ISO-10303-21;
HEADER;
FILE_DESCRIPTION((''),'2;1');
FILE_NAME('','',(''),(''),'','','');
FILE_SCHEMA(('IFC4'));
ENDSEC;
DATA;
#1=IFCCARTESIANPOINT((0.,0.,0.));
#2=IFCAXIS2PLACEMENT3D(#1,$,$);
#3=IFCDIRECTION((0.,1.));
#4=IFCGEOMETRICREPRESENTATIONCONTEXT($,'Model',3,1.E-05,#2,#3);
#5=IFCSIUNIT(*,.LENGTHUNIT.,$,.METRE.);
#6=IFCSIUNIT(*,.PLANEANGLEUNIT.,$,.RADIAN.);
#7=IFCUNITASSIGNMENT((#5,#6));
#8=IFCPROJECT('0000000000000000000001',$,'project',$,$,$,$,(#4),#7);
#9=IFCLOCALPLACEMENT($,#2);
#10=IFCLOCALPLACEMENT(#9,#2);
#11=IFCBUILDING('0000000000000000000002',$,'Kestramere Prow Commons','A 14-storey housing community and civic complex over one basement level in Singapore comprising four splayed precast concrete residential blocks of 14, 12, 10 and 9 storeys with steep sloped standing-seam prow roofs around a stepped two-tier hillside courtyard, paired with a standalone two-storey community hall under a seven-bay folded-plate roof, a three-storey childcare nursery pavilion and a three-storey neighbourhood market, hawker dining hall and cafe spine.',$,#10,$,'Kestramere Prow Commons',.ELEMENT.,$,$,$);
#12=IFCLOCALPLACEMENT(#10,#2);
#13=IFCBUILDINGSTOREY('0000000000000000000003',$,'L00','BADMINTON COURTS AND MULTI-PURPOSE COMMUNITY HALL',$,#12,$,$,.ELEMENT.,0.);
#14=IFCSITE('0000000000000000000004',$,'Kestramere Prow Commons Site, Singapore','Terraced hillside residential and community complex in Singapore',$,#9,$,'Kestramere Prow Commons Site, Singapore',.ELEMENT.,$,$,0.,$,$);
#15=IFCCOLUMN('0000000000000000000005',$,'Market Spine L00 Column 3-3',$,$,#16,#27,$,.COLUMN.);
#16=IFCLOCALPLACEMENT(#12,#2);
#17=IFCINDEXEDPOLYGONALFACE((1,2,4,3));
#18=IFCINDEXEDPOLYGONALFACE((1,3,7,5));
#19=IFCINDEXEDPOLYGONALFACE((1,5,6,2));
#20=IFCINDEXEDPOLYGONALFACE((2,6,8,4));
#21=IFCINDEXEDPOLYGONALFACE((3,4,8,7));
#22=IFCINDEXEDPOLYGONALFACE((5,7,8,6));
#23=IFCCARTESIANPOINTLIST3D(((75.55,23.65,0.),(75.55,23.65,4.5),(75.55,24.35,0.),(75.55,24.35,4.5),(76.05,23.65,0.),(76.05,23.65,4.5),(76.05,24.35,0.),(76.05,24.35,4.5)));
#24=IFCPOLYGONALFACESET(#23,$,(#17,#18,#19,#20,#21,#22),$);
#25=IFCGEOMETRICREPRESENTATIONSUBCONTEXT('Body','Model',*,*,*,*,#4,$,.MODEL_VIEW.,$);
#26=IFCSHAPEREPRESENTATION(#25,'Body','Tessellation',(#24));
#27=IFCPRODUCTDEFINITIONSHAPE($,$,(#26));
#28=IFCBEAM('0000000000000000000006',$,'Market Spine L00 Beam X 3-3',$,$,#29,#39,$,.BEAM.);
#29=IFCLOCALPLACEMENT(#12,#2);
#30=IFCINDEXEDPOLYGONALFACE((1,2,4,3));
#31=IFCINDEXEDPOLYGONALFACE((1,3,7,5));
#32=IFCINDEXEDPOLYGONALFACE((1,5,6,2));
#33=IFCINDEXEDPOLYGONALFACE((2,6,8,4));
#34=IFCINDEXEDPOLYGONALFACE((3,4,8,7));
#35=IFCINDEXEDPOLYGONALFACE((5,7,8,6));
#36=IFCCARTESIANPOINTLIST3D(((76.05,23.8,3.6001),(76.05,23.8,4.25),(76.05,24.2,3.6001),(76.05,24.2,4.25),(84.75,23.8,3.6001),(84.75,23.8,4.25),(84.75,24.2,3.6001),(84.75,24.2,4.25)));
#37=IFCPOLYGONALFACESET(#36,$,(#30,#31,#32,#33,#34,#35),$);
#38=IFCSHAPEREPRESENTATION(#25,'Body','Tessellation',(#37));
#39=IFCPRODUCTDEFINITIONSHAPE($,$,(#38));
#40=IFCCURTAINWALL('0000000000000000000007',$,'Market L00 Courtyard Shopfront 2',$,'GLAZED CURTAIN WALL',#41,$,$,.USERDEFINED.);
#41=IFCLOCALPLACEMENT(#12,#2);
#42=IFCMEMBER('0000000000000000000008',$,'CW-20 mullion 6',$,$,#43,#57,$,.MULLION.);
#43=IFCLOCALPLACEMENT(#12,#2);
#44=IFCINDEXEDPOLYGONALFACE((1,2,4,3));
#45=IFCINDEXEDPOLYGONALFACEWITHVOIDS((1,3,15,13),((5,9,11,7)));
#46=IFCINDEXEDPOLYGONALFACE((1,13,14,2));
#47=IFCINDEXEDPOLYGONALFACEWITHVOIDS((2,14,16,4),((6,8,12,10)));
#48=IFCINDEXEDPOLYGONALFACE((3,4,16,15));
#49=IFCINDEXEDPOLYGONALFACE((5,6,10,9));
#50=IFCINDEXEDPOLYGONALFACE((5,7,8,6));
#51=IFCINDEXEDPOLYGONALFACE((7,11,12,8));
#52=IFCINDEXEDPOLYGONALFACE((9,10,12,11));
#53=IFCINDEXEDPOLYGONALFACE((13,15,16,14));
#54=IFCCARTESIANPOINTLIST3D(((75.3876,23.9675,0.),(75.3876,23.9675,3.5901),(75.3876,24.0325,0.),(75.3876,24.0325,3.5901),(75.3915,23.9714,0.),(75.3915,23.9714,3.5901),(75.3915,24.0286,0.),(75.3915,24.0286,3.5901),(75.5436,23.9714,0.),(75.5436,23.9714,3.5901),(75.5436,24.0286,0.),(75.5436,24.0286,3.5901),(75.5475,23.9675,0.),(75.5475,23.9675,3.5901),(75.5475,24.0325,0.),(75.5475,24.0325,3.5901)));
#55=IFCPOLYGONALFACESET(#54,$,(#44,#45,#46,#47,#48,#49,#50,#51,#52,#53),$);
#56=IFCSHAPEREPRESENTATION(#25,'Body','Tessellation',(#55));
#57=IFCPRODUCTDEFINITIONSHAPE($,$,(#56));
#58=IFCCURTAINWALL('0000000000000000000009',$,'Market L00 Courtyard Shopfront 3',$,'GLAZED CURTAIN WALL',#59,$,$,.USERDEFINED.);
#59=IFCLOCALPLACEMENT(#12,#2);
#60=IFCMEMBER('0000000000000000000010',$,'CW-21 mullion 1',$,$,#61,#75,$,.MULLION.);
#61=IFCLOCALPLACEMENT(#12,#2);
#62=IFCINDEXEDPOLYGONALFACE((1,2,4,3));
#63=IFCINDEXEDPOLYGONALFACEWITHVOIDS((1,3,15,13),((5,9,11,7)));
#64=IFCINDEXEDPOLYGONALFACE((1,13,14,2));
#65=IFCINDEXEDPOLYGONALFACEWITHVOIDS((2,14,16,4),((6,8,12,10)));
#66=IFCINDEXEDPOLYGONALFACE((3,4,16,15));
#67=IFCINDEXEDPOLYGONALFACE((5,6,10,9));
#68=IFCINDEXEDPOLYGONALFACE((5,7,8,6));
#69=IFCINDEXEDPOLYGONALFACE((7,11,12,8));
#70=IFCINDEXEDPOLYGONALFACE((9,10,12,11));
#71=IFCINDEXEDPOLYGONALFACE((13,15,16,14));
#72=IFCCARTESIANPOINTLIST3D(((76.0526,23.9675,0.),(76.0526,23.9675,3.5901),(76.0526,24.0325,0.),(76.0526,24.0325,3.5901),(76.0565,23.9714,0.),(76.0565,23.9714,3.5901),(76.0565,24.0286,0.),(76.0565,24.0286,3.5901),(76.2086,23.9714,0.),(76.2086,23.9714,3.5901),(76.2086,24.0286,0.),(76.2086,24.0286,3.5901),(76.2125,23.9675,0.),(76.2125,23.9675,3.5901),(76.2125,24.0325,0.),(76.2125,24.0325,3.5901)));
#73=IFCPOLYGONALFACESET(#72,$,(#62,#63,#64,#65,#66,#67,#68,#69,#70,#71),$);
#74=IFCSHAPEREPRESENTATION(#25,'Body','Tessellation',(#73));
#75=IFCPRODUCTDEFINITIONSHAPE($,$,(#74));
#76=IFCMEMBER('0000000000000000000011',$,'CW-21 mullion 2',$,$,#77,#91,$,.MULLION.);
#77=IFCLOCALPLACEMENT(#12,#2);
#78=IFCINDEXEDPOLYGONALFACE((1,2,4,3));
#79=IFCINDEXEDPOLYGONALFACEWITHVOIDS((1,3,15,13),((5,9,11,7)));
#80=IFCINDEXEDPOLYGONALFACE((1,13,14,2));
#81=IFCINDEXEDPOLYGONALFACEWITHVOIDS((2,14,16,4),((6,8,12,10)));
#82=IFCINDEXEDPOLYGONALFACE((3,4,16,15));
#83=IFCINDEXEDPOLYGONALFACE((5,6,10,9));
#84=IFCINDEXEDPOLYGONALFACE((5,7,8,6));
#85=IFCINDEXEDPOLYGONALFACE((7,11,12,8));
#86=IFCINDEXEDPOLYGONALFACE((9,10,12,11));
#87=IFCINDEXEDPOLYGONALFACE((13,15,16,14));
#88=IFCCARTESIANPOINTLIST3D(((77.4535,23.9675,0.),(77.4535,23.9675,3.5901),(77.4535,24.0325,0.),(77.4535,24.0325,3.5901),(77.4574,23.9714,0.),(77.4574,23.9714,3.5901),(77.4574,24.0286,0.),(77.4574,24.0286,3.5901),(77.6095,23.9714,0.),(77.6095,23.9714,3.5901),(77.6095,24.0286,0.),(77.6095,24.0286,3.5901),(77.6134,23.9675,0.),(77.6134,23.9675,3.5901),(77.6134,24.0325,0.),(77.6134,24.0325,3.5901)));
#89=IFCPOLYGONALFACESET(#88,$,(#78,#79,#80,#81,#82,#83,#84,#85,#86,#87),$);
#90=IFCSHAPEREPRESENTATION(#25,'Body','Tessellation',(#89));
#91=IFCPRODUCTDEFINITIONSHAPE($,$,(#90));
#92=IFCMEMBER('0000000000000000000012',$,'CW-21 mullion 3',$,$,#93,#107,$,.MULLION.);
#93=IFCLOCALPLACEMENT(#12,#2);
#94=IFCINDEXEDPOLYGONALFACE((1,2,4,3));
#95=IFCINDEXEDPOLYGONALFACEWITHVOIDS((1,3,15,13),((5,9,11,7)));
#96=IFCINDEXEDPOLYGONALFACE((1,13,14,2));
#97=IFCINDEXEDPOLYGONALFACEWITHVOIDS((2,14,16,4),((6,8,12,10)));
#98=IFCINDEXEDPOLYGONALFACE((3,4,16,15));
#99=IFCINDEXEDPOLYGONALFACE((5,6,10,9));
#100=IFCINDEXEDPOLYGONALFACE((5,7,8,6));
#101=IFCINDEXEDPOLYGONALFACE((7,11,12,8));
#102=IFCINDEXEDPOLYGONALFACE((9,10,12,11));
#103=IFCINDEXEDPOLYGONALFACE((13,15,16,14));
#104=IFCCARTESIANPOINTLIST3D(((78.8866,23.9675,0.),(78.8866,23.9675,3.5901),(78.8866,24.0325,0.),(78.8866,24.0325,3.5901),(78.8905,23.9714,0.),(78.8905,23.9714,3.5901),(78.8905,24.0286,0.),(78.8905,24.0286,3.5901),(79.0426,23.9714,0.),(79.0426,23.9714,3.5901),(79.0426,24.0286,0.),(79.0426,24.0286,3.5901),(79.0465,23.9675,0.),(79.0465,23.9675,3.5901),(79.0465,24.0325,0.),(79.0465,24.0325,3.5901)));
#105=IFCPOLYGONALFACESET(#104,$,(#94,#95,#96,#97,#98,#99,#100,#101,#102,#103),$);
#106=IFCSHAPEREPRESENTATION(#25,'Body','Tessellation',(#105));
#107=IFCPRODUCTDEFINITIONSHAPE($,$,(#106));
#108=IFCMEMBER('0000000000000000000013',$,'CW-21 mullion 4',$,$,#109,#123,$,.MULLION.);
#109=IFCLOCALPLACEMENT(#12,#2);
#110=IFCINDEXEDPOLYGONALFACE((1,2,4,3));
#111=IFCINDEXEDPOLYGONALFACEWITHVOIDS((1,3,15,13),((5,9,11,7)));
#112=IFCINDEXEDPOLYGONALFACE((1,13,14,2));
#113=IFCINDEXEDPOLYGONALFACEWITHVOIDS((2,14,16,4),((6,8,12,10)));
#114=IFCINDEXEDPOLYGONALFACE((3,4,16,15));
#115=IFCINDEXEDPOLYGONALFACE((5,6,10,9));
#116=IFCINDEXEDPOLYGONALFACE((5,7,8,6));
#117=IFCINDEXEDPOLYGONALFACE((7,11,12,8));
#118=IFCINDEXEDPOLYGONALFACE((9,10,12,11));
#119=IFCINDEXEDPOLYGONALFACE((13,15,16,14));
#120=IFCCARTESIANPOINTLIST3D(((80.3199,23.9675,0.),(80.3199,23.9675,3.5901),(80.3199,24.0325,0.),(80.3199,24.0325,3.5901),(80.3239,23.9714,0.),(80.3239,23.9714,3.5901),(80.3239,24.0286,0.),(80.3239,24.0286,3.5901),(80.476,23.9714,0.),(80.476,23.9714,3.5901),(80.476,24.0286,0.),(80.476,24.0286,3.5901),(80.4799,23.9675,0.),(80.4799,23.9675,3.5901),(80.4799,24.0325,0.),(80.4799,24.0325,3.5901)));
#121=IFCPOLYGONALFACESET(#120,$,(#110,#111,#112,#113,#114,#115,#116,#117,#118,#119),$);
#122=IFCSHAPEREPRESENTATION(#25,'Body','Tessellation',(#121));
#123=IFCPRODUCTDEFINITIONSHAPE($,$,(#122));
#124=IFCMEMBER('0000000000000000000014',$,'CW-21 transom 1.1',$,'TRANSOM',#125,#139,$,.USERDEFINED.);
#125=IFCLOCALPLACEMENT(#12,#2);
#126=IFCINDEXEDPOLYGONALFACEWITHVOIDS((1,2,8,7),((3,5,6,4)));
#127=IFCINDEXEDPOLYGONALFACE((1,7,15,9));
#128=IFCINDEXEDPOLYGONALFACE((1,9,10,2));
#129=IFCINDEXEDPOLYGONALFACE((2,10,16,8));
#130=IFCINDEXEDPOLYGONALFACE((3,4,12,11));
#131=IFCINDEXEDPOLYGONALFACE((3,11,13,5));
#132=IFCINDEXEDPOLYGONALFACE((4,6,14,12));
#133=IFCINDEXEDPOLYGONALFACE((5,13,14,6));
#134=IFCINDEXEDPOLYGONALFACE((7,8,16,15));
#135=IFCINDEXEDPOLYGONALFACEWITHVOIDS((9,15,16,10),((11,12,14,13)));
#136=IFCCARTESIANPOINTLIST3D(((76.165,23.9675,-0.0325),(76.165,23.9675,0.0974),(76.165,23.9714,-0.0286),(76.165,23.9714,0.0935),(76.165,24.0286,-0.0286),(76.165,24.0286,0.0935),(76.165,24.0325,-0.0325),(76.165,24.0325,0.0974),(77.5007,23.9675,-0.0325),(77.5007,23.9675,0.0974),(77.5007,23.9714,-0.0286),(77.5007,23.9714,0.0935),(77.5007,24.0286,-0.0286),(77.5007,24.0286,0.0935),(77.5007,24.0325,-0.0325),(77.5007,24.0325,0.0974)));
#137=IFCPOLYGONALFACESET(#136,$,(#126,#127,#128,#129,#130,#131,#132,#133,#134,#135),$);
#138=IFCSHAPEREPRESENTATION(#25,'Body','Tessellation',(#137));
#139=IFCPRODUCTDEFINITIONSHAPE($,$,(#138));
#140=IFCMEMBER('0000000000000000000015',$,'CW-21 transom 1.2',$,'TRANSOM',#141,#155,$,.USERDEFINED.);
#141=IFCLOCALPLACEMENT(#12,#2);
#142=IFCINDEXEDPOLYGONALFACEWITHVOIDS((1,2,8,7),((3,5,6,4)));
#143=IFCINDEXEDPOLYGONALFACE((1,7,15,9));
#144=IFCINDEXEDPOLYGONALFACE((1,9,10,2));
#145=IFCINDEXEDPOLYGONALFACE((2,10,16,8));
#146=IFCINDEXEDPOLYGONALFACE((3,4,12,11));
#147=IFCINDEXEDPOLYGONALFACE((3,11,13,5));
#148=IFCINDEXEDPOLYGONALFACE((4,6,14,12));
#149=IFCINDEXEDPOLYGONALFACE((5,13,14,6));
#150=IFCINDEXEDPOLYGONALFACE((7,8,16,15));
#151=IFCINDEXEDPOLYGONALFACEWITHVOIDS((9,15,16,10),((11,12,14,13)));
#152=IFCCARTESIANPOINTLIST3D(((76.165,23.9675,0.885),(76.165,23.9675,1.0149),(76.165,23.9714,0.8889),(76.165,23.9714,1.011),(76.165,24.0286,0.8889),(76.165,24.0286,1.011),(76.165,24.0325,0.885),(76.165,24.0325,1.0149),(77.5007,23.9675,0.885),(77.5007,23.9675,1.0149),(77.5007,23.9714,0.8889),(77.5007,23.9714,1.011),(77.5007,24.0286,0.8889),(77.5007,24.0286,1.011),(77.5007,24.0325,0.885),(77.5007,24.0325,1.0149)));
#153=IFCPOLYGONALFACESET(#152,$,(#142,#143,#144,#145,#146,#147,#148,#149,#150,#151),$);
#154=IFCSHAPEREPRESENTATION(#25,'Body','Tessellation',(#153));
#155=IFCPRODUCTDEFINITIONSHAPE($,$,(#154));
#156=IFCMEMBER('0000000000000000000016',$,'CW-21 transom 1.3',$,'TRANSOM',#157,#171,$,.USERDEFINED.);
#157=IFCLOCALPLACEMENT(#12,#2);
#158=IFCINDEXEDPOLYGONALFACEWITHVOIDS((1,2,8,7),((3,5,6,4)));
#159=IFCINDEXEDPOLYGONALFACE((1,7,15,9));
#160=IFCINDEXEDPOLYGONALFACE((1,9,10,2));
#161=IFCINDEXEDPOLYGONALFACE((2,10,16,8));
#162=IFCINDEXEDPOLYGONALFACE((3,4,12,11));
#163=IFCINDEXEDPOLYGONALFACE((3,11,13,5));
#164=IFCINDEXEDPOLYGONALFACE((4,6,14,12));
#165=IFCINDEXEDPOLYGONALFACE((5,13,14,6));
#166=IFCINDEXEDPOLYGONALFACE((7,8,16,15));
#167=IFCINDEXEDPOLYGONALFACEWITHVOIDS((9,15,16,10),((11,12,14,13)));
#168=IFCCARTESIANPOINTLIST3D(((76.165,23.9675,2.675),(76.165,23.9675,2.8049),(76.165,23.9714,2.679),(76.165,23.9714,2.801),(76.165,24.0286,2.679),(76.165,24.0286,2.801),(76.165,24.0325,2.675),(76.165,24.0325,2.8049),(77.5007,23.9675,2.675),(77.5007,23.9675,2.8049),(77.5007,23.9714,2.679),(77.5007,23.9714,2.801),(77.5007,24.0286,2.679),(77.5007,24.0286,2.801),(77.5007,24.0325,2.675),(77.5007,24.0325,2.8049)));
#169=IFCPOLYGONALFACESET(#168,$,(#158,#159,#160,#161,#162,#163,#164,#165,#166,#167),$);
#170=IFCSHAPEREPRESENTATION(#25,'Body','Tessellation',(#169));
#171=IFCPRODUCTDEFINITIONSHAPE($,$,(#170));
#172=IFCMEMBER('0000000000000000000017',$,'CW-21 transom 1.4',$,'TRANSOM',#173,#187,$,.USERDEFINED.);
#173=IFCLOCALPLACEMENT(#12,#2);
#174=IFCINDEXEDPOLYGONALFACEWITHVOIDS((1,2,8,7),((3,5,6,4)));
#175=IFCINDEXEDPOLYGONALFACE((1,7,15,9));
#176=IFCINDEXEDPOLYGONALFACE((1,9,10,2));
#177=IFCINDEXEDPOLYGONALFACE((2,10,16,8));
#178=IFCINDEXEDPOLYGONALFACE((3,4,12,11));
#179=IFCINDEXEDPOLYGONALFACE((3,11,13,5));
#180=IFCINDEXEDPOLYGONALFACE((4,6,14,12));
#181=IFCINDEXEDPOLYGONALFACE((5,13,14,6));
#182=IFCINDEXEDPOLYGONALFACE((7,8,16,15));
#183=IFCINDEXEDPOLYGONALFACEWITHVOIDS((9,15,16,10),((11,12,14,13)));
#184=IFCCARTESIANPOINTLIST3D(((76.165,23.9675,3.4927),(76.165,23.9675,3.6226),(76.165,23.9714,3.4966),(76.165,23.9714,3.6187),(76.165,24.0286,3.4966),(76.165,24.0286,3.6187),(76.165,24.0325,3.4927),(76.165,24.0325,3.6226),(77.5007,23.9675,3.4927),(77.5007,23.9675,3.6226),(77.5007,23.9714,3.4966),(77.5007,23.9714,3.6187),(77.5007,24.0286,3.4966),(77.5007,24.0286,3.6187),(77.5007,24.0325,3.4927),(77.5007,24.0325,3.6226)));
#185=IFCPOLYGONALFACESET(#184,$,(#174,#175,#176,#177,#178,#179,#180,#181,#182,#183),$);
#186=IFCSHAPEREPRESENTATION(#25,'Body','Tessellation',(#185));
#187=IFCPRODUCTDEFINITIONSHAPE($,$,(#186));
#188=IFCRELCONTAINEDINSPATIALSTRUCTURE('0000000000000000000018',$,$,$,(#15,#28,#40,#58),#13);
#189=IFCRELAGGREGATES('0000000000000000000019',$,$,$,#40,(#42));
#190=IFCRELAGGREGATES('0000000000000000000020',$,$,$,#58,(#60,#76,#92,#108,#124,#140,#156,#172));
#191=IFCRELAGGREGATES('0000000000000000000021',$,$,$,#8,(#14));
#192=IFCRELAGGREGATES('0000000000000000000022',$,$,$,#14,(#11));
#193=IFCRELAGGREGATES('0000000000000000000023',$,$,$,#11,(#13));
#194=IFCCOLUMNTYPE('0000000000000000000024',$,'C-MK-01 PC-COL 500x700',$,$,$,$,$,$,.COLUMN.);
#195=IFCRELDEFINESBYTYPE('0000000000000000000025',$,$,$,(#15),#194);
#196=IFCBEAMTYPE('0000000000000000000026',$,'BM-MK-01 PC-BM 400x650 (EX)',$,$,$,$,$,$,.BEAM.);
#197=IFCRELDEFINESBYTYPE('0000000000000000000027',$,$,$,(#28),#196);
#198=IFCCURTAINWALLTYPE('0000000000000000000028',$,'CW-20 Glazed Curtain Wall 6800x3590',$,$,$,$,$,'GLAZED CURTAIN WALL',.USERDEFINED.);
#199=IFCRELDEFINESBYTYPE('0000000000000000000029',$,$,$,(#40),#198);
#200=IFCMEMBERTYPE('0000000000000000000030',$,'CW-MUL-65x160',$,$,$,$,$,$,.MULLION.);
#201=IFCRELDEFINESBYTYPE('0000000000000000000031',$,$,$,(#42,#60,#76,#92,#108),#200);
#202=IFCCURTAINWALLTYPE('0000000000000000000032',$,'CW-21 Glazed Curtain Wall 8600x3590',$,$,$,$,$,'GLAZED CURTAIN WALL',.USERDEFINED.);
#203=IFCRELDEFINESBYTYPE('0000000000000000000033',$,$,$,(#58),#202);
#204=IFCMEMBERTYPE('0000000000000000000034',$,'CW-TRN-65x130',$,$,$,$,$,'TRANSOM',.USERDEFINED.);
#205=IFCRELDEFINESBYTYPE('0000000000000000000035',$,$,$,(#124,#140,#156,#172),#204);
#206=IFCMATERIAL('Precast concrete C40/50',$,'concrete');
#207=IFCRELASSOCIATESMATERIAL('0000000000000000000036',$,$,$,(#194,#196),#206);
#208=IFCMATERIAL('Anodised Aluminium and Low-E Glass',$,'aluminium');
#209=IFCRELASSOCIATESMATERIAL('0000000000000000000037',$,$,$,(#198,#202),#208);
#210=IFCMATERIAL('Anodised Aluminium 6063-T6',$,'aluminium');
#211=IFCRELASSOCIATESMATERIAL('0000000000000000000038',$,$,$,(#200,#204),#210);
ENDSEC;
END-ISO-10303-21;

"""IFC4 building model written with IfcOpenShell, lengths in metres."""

from ifc_helpers import new_model, si_unit, direction, frame, origin, origin_2d, place, context, subcontext, project, spatial, rectangle, hollow_rectangle, extrude, material, material_profile, profile_set, type_object, element, aggregate, save


model = new_model("IFC4")

# Units and contexts
model_context = context("Model", 3, precision=1e-05, world=origin(), true_north=direction((0.0, 1.0)))
body_context = subcontext(model_context, "Body", "Model", "MODEL_VIEW")
ifc_project = project(units=[si_unit("LENGTHUNIT", "METRE"), si_unit("PLANEANGLEUNIT", "RADIAN")], contexts=[model_context])

# Site, building, storey
site_placement = place(None, origin())
site = spatial("IfcSite", under=ifc_project, at=site_placement, Name="Kestramere Prow Commons Site, Singapore", Description="Terraced hillside residential and community complex in Singapore", LongName="Kestramere Prow Commons Site, Singapore", CompositionType="ELEMENT", RefElevation=0.0)
building_placement = place(site_placement, origin())
building = spatial("IfcBuilding", under=site, at=building_placement, Name="Kestramere Prow Commons", Description="A 14-storey housing community and civic complex over one basement level in Singapore comprising four splayed precast concrete residential blocks of 14, 12, 10 and 9 storeys with steep sloped standing-seam prow roofs around a stepped two-tier hillside courtyard, paired with a standalone two-storey community hall under a seven-bay folded-plate roof, a three-storey childcare nursery pavilion and a three-storey neighbourhood market, hawker dining hall and cafe spine.", LongName="Kestramere Prow Commons", CompositionType="ELEMENT")
storey_placement = place(building_placement, origin())
storey = spatial("IfcBuildingStorey", under=building, at=storey_placement, Name="L00", Description="BADMINTON COURTS AND MULTI-PURPOSE COMMUNITY HALL", CompositionType="ELEMENT", Elevation=0.0)

# Column
ifc_material_1 = material(Name="Precast concrete C40/50", Category="concrete")
ifc_material_profile_1 = material_profile(ifc_material_1, rectangle(XDim=0.5, YDim=0.7, at=origin_2d()), Name="PC-COL 500x700")
ifc_profile_set_1 = profile_set([ifc_material_profile_1], Name="Precast concrete C40/50")
column_type = type_object("IfcColumnType", Name="C-MK-01 PC-COL 500x700", PredefinedType="COLUMN", material=ifc_profile_set_1)
column_placement = place(storey_placement, frame((75.8, 24.0, 0.0), z_axis=(0.0, 0.0, 1.0), x_axis=(1.0, 0.0, 0.0)))
element("IfcColumn", 1, at=column_placement, inside=storey, type_object=column_type, Name="Market Spine L00 Column 3-3", PredefinedType="COLUMN", context=body_context, shape_type="SweptSolid", body=[
    extrude(rectangle(XDim=0.5, YDim=0.7, at=origin_2d()), origin(), (0.0, 0.0, 1.0), 4.5),
])

# Beam
ifc_material_profile_2 = material_profile(ifc_material_1, rectangle(XDim=0.3999, YDim=0.6499, at=origin_2d()), Name="PC-BM 400x650")
ifc_profile_set_2 = profile_set([ifc_material_profile_2], Name="Precast concrete C40/50")
beam_type = type_object("IfcBeamType", Name="BM-MK-01 PC-BM 400x650 (EX)", PredefinedType="BEAM", material=ifc_profile_set_2)
beam_placement = place(storey_placement, frame((76.05, 24.0, 3.925), z_axis=(1.0, 0.0, 0.0), x_axis=(0.0, 1.0, 0.0)))
element("IfcBeam", 2, at=beam_placement, inside=storey, type_object=beam_type, Name="Market Spine L00 Beam X 3-3", PredefinedType="BEAM", context=body_context, shape_type="SweptSolid", body=[
    extrude(rectangle(XDim=0.3999, YDim=0.6499, at=origin_2d()), origin(), (0.0, 0.0, 1.0), 8.7),
])

# Curtain wall, member
ifc_material_2 = material(Name="Anodised Aluminium and Low-E Glass", Category="aluminium")
curtain_wall_type_1 = type_object("IfcCurtainWallType", Name="CW-20 Glazed Curtain Wall 6800x3590", ElementType="GLAZED CURTAIN WALL", PredefinedType="USERDEFINED", material=ifc_material_2)
curtain_wall_1_placement = place(storey_placement, origin())
curtain_wall_1 = element("IfcCurtainWall", 3, at=curtain_wall_1_placement, inside=storey, type_object=curtain_wall_type_1, Name="Market L00 Courtyard Shopfront 2", ObjectType="GLAZED CURTAIN WALL", PredefinedType="USERDEFINED")
ifc_material_3 = material(Name="Anodised Aluminium 6063-T6", Category="aluminium")
ifc_material_profile_3 = material_profile(ifc_material_3, hollow_rectangle(XDim=0.0649, YDim=0.1599, WallThickness=0.0039, at=origin_2d()), Name="ALU-MUL 65x160")
ifc_profile_set_3 = profile_set([ifc_material_profile_3], Name="Anodised Aluminium 6063-T6")
member_type_1 = type_object("IfcMemberType", Name="CW-MUL-65x160", PredefinedType="MULLION", material=ifc_profile_set_3)
member_1_placement = place(storey_placement, frame((75.4675, 24.0, 0.0), z_axis=(0.0, 0.0, 1.0), x_axis=(0.0, 1.0, 0.0)))
member_1 = element("IfcMember", 4, at=member_1_placement, type_object=member_type_1, Name="CW-20 mullion 6", PredefinedType="MULLION", context=body_context, shape_type="SweptSolid", body=[
    extrude(hollow_rectangle(XDim=0.0649, YDim=0.1599, WallThickness=0.0039, at=origin_2d()), origin(), (0.0, 0.0, 1.0), 3.5901),
])

# Curtain wall, members
curtain_wall_type_2 = type_object("IfcCurtainWallType", Name="CW-21 Glazed Curtain Wall 8600x3590", ElementType="GLAZED CURTAIN WALL", PredefinedType="USERDEFINED", material=ifc_material_2)
curtain_wall_2_placement = place(storey_placement, origin())
curtain_wall_2 = element("IfcCurtainWall", 5, at=curtain_wall_2_placement, inside=storey, type_object=curtain_wall_type_2, Name="Market L00 Courtyard Shopfront 3", ObjectType="GLAZED CURTAIN WALL", PredefinedType="USERDEFINED")
member_2_placement = place(storey_placement, frame((76.1326, 24.0, 0.0), z_axis=(0.0, 0.0, 1.0), x_axis=(0.0, 1.0, 0.0)))
member_2 = element("IfcMember", 6, at=member_2_placement, type_object=member_type_1, Name="CW-21 mullion 1", PredefinedType="MULLION", context=body_context, shape_type="SweptSolid", body=[
    extrude(hollow_rectangle(XDim=0.0649, YDim=0.1599, WallThickness=0.0039, at=origin_2d()), origin(), (0.0, 0.0, 1.0), 3.5901),
])
member_3_placement = place(storey_placement, frame((77.5334, 24.0, 0.0), z_axis=(0.0, 0.0, 1.0), x_axis=(0.0, 1.0, 0.0)))
member_3 = element("IfcMember", 7, at=member_3_placement, type_object=member_type_1, Name="CW-21 mullion 2", PredefinedType="MULLION", context=body_context, shape_type="SweptSolid", body=[
    extrude(hollow_rectangle(XDim=0.0649, YDim=0.1599, WallThickness=0.0039, at=origin_2d()), origin(), (0.0, 0.0, 1.0), 3.5901),
])
member_4_placement = place(storey_placement, frame((78.9666, 24.0, 0.0), z_axis=(0.0, 0.0, 1.0), x_axis=(0.0, 1.0, 0.0)))
member_4 = element("IfcMember", 8, at=member_4_placement, type_object=member_type_1, Name="CW-21 mullion 3", PredefinedType="MULLION", context=body_context, shape_type="SweptSolid", body=[
    extrude(hollow_rectangle(XDim=0.0649, YDim=0.1599, WallThickness=0.0039, at=origin_2d()), origin(), (0.0, 0.0, 1.0), 3.5901),
])
member_5_placement = place(storey_placement, frame((80.3999, 24.0, 0.0), z_axis=(0.0, 0.0, 1.0), x_axis=(0.0, 1.0, 0.0)))
member_5 = element("IfcMember", 9, at=member_5_placement, type_object=member_type_1, Name="CW-21 mullion 4", PredefinedType="MULLION", context=body_context, shape_type="SweptSolid", body=[
    extrude(hollow_rectangle(XDim=0.0649, YDim=0.1599, WallThickness=0.0039, at=origin_2d()), origin(), (0.0, 0.0, 1.0), 3.5901),
])
ifc_material_profile_4 = material_profile(ifc_material_3, hollow_rectangle(XDim=0.0649, YDim=0.1299, WallThickness=0.0039, at=origin_2d()), Name="ALU-TRN 65x130")
ifc_profile_set_4 = profile_set([ifc_material_profile_4], Name="Anodised Aluminium 6063-T6")
member_type_2 = type_object("IfcMemberType", Name="CW-TRN-65x130", ElementType="TRANSOM", PredefinedType="USERDEFINED", material=ifc_profile_set_4)
member_6_placement = place(storey_placement, frame((76.165, 24.0, 0.0325), z_axis=(1.0, 0.0, 0.0), x_axis=(0.0, 1.0, 0.0)))
member_6 = element("IfcMember", 10, at=member_6_placement, type_object=member_type_2, Name="CW-21 transom 1.1", ObjectType="TRANSOM", PredefinedType="USERDEFINED", context=body_context, shape_type="SweptSolid", body=[
    extrude(hollow_rectangle(XDim=0.0649, YDim=0.1299, WallThickness=0.0039, at=origin_2d()), origin(), (0.0, 0.0, 1.0), 1.3357),
])
member_7_placement = place(storey_placement, frame((76.165, 24.0, 0.95), z_axis=(1.0, 0.0, 0.0), x_axis=(0.0, 1.0, 0.0)))
member_7 = element("IfcMember", 11, at=member_7_placement, type_object=member_type_2, Name="CW-21 transom 1.2", ObjectType="TRANSOM", PredefinedType="USERDEFINED", context=body_context, shape_type="SweptSolid", body=[
    extrude(hollow_rectangle(XDim=0.0649, YDim=0.1299, WallThickness=0.0039, at=origin_2d()), origin(), (0.0, 0.0, 1.0), 1.3357),
])
member_8_placement = place(storey_placement, frame((76.165, 24.0, 2.74), z_axis=(1.0, 0.0, 0.0), x_axis=(0.0, 1.0, 0.0)))
member_8 = element("IfcMember", 12, at=member_8_placement, type_object=member_type_2, Name="CW-21 transom 1.3", ObjectType="TRANSOM", PredefinedType="USERDEFINED", context=body_context, shape_type="SweptSolid", body=[
    extrude(hollow_rectangle(XDim=0.0649, YDim=0.1299, WallThickness=0.0039, at=origin_2d()), origin(), (0.0, 0.0, 1.0), 1.3357),
])
member_9_placement = place(storey_placement, frame((76.165, 24.0, 3.5576), z_axis=(1.0, 0.0, 0.0), x_axis=(0.0, 1.0, 0.0)))
member_9 = element("IfcMember", 13, at=member_9_placement, type_object=member_type_2, Name="CW-21 transom 1.4", ObjectType="TRANSOM", PredefinedType="USERDEFINED", context=body_context, shape_type="SweptSolid", body=[
    extrude(hollow_rectangle(XDim=0.0649, YDim=0.1299, WallThickness=0.0039, at=origin_2d()), origin(), (0.0, 0.0, 1.0), 1.3357),
])

aggregate(curtain_wall_1, [member_1])
aggregate(curtain_wall_2, [member_2, member_3, member_4, member_5, member_6, member_7, member_8, member_9])

save(model, "model.ifc")
